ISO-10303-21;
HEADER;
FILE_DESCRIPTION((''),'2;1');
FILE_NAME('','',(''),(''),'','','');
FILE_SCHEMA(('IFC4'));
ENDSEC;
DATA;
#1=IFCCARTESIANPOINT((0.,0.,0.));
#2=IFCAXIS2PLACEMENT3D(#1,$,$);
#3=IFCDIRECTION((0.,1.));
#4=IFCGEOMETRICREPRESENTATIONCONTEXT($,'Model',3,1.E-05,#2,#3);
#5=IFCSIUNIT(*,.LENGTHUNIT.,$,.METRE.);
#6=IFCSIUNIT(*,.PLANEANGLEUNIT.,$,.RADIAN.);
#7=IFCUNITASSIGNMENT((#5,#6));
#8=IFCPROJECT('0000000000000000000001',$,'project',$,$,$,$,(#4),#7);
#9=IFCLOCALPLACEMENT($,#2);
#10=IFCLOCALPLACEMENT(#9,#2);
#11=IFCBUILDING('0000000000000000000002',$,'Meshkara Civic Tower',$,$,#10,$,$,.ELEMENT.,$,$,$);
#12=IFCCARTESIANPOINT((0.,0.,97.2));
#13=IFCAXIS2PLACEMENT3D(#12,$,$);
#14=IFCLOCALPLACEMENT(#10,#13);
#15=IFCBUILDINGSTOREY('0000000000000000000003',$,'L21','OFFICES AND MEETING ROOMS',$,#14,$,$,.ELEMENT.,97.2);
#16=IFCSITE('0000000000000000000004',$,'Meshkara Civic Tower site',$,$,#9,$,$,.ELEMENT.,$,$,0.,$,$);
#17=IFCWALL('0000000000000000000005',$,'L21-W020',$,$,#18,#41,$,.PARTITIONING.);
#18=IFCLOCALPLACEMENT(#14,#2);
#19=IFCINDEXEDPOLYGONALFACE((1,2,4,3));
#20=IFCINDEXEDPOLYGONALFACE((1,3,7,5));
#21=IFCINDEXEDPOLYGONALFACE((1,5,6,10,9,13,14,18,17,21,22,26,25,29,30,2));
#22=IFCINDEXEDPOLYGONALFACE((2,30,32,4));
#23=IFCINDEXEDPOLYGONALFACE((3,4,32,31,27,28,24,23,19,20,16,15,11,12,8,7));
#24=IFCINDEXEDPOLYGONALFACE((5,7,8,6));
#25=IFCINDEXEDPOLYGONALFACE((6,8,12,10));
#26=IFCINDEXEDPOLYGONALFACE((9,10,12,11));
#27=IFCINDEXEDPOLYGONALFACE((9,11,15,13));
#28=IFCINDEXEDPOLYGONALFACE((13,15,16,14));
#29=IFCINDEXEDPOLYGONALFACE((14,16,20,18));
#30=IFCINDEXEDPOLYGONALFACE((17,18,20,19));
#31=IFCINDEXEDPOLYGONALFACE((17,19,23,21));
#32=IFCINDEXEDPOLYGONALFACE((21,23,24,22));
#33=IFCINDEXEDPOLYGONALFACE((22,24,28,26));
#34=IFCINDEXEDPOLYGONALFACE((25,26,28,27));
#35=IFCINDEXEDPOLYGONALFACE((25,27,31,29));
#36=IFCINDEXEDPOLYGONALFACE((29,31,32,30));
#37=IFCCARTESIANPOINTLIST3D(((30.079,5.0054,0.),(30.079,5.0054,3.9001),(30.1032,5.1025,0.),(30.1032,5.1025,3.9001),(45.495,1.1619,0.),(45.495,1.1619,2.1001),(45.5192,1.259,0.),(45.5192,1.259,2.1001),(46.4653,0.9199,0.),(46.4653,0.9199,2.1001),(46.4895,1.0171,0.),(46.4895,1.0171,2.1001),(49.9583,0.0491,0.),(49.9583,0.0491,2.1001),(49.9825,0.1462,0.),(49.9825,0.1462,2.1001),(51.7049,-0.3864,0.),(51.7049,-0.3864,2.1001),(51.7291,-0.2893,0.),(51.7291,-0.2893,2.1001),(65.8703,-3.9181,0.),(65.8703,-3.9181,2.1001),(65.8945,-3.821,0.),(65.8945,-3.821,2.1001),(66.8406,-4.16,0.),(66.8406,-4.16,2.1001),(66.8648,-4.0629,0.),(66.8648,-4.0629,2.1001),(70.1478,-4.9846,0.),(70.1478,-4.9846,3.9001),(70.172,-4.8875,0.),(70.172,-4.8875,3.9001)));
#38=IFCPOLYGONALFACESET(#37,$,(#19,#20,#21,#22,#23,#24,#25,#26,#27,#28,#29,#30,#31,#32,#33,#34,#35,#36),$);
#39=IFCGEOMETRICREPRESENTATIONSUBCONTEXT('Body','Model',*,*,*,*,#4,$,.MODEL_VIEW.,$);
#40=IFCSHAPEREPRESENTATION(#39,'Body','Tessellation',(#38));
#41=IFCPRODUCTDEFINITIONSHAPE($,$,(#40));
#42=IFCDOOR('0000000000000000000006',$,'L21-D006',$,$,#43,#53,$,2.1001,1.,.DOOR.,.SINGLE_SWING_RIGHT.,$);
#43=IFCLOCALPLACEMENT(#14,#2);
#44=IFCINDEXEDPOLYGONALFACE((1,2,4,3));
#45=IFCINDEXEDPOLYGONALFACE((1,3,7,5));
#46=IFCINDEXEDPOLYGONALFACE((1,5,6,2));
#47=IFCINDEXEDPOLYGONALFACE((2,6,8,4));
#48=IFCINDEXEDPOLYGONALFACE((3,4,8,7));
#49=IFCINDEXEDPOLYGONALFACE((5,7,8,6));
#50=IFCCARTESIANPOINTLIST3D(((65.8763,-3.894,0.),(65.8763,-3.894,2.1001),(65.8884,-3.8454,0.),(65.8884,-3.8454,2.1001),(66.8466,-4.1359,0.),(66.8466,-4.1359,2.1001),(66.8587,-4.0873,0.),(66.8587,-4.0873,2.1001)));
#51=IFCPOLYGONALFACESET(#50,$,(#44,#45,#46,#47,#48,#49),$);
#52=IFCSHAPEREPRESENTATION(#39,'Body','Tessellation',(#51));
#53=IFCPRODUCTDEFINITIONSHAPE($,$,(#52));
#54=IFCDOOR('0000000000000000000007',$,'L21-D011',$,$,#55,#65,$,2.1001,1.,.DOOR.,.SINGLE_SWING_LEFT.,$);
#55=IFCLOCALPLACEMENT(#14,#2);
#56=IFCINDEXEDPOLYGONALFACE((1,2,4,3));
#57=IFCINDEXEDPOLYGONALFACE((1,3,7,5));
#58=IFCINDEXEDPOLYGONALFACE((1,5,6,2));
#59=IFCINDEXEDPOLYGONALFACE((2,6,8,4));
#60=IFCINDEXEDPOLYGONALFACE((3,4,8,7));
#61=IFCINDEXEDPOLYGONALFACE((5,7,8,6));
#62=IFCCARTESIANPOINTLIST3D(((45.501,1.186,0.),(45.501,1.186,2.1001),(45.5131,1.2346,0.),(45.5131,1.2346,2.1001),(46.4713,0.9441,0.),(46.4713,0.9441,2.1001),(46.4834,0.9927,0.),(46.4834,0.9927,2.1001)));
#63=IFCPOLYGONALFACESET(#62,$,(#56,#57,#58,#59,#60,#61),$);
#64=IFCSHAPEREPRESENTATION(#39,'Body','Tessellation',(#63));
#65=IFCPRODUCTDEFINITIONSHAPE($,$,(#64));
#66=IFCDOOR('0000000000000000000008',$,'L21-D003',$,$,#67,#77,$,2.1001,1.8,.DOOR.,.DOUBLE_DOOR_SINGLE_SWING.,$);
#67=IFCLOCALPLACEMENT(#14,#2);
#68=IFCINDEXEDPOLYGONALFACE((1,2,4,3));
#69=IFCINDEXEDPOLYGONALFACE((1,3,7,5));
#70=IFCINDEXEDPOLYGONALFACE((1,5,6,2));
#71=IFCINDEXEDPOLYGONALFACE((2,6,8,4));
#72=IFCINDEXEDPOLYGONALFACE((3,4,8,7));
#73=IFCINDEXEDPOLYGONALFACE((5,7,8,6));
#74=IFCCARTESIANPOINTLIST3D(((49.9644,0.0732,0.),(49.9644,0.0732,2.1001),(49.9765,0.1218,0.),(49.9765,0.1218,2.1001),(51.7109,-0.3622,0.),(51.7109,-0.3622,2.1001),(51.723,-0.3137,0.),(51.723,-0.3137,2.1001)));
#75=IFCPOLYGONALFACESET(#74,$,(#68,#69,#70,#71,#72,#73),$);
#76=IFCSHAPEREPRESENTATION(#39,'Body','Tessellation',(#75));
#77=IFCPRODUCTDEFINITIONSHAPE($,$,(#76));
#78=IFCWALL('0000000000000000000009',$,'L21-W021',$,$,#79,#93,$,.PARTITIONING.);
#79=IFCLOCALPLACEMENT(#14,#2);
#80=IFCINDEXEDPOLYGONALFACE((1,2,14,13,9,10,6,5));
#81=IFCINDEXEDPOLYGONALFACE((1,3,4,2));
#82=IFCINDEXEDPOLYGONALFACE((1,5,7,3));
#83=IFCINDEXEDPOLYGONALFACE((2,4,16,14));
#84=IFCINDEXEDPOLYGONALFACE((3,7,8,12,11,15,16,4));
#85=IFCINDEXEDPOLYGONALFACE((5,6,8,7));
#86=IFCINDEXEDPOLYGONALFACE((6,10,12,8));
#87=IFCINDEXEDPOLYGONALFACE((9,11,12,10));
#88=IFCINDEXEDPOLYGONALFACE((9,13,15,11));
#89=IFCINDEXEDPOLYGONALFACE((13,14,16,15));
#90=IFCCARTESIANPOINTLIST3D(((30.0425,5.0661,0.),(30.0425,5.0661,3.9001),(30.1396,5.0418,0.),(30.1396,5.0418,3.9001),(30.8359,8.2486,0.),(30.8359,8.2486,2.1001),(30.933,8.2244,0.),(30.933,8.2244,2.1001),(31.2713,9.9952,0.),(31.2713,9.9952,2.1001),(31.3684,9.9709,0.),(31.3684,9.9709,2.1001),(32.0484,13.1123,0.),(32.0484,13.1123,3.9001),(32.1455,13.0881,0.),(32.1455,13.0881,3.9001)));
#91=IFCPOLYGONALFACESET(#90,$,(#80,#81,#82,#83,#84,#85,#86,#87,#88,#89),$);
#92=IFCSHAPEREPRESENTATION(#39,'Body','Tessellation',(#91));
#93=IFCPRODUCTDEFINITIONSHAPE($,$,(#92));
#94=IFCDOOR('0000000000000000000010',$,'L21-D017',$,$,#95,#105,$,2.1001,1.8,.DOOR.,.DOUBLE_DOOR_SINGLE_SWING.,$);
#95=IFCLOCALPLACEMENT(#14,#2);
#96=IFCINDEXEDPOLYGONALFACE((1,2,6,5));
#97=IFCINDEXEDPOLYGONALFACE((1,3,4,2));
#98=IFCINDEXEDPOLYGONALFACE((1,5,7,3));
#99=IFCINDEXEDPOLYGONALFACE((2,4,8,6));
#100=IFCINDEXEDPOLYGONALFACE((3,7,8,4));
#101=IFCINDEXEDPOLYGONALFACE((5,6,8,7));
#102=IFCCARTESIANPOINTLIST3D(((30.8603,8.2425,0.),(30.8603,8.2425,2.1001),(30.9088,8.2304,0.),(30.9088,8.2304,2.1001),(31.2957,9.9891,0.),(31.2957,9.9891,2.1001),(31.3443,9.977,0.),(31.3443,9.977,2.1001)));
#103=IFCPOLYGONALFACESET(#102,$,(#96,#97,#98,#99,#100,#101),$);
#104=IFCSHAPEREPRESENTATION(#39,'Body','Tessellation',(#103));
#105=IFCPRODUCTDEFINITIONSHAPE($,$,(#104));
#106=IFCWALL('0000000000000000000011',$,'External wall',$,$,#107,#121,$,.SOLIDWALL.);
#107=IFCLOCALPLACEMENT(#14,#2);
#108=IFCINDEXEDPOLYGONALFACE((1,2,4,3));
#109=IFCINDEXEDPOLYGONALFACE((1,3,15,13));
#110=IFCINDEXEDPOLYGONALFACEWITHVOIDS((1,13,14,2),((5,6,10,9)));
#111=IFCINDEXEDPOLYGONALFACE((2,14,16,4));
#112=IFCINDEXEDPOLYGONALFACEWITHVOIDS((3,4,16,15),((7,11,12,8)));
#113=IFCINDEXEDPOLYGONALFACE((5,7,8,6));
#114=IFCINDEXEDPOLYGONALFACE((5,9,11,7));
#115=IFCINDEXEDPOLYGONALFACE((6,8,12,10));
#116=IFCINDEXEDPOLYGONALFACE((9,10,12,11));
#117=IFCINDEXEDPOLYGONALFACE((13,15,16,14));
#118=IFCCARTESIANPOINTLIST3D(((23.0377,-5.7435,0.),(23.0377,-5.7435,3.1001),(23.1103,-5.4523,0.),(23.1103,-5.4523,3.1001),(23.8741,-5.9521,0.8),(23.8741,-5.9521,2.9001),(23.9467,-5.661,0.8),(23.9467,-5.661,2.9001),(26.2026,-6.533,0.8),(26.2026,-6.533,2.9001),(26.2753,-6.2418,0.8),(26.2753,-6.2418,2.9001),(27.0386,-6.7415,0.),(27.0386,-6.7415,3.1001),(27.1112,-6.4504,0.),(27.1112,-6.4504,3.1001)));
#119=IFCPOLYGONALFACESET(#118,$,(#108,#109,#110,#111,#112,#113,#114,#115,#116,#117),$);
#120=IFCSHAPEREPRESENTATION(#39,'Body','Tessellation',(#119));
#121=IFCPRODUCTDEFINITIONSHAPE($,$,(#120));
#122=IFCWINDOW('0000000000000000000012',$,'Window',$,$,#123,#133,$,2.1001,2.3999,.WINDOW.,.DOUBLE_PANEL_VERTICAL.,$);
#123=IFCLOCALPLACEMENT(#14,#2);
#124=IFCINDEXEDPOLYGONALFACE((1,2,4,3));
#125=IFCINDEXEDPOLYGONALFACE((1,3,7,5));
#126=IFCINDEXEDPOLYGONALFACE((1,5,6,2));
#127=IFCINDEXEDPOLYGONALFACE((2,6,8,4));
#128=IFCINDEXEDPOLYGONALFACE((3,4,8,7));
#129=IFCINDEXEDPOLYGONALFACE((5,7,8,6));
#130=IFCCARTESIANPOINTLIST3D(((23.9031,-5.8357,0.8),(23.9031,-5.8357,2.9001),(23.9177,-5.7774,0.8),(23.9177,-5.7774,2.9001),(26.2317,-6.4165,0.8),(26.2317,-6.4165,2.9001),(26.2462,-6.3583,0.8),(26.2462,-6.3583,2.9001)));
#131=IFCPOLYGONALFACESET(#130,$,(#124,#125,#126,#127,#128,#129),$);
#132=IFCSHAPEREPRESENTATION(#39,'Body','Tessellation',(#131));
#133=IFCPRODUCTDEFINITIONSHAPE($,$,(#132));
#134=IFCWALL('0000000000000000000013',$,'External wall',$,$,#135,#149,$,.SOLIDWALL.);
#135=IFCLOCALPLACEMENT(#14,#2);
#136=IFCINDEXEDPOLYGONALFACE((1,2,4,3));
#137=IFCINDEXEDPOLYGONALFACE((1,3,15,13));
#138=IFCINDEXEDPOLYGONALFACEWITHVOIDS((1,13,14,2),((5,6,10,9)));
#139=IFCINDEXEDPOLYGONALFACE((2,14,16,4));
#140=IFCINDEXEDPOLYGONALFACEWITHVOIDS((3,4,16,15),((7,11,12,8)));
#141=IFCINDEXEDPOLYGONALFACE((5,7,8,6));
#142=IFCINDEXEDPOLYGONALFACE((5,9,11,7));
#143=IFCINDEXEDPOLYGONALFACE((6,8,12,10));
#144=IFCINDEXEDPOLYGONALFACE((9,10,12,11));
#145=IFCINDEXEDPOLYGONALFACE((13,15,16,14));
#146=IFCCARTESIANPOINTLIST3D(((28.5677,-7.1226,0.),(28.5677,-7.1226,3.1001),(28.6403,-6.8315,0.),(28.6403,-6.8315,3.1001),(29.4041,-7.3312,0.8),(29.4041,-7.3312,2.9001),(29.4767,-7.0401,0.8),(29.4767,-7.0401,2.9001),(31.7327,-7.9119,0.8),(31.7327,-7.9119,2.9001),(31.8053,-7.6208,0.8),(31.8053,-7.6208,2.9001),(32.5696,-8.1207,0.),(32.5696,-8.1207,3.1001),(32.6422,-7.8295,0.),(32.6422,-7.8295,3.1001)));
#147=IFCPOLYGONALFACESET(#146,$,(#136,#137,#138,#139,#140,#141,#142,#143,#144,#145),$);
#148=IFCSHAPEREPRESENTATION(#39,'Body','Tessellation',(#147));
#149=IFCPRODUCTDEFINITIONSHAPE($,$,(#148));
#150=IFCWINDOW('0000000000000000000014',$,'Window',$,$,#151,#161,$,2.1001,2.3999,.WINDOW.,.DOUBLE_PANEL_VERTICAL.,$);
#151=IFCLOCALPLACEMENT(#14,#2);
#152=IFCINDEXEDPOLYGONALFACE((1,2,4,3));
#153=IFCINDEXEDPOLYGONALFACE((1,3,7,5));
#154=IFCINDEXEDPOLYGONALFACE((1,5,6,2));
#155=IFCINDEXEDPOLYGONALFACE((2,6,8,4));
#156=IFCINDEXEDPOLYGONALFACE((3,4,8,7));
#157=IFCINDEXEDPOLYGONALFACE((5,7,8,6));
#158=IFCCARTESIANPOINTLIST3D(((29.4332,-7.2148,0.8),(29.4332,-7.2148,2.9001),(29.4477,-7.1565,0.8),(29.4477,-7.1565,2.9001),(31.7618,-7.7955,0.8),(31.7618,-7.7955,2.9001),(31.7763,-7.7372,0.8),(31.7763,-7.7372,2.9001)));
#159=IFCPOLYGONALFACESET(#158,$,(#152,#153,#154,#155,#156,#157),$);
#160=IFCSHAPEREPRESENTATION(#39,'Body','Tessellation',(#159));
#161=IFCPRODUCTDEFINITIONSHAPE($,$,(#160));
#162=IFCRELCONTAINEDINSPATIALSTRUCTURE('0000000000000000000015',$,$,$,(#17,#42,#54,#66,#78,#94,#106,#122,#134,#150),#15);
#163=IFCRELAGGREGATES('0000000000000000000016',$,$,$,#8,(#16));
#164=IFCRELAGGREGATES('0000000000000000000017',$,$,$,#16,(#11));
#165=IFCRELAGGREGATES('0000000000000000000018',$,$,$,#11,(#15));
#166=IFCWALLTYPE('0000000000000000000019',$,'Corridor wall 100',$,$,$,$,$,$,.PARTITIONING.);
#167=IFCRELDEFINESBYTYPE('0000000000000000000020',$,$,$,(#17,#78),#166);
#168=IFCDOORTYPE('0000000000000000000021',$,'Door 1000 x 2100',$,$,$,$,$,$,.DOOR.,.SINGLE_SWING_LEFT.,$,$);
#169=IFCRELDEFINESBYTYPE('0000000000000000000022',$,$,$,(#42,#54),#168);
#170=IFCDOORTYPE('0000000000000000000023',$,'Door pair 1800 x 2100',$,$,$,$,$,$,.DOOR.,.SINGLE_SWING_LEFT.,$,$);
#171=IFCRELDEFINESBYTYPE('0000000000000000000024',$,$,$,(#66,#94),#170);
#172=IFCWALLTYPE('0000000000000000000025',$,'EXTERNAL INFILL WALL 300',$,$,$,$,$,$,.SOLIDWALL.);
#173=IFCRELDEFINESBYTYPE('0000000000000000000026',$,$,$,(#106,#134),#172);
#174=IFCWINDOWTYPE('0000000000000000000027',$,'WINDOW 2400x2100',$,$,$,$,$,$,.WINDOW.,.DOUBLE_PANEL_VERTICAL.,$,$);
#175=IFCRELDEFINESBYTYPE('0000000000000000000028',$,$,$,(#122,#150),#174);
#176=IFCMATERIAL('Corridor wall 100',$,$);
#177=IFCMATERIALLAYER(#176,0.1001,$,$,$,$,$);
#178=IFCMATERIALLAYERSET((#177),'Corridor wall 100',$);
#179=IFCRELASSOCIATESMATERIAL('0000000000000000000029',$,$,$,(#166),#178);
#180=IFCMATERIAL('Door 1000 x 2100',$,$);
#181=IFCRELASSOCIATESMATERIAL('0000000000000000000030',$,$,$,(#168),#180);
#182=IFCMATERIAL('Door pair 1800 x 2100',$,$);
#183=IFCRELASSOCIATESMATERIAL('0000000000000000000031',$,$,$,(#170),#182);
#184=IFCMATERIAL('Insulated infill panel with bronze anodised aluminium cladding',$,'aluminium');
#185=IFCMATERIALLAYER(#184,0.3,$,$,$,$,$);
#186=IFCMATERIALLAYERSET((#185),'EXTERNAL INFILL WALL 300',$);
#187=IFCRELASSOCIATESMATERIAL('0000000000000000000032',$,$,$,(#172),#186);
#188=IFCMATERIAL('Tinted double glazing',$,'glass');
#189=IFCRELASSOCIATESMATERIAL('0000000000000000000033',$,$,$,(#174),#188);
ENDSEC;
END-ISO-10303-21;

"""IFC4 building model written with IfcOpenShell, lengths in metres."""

from ifc_helpers import new_model, si_unit, direction, frame, frame_2d, origin, place, context, subcontext, project, spatial, rectangle, extrude, material, layer, layer_set, type_object, element, fill, save


model = new_model("IFC4")

# Units and contexts
model_context = context("Model", 3, precision=1e-05, world=origin(), true_north=direction((0.0, 1.0)))
body_context = subcontext(model_context, "Body", "Model", "MODEL_VIEW")
ifc_project = project(units=[si_unit("LENGTHUNIT", "METRE"), si_unit("PLANEANGLEUNIT", "RADIAN")], contexts=[model_context])

# Site, building, storey
site_placement = place(None, origin())
site = spatial("IfcSite", under=ifc_project, at=site_placement, Name="Meshkara Civic Tower site", CompositionType="ELEMENT", RefElevation=0.0)
building_placement = place(site_placement, origin())
building = spatial("IfcBuilding", under=site, at=building_placement, Name="Meshkara Civic Tower", CompositionType="ELEMENT")
storey_placement = place(building_placement, frame((0.0, 0.0, 97.2)))
storey = spatial("IfcBuildingStorey", under=building, at=storey_placement, Name="L21", Description="OFFICES AND MEETING ROOMS", CompositionType="ELEMENT", Elevation=97.2)

# Wall, openings, doors
ifc_material_1 = material(Name="Corridor wall 100")
ifc_layer_1 = layer(ifc_material_1, 0.1001)
ifc_layer_set_1 = layer_set([ifc_layer_1], Name="Corridor wall 100")
wall_type_1 = type_object("IfcWallType", Name="Corridor wall 100", PredefinedType="PARTITIONING", material=ifc_layer_set_1)
wall_1_placement = place(storey_placement, frame((30.0911, 5.054, 0.0), z_axis=(0.0, 0.0, 1.0), x_axis=(0.970297, -0.241915, 0.0)))
wall_1 = element("IfcWall", 1, at=wall_1_placement, inside=storey, type_object=wall_type_1, Name="L21-W020", PredefinedType="PARTITIONING", context=body_context, shape_type="SweptSolid", body=[
    extrude(rectangle(XDim=41.2954, YDim=0.1001, at=frame_2d((20.6477, 0.0))), origin(), (0.0, 0.0, 1.0), 3.9001),
])
opening_1_placement = place(wall_1_placement, frame((20.488, 0.0, 0.0)))
opening_1 = element("IfcOpeningElement", 2, at=opening_1_placement, cuts=wall_1, PredefinedType="OPENING", context=body_context, shape_type="SweptSolid", body=[
    extrude(rectangle(XDim=1.8, YDim=2.1001, at=frame_2d((0.8999, 1.05))), frame((0.0, 0.0601, 0.0), z_axis=(0.0, -1.0, 0.0), x_axis=(1.0, 0.0, 0.0)), (0.0, 0.0, 1.0), 0.1201),
])
opening_2_placement = place(wall_1_placement, frame((36.887, 0.0, 0.0)))
opening_2 = element("IfcOpeningElement", 3, at=opening_2_placement, cuts=wall_1, PredefinedType="OPENING", context=body_context, shape_type="SweptSolid", body=[
    extrude(rectangle(XDim=1.0, YDim=2.1001, at=frame_2d((0.5, 1.05))), frame((0.0, 0.0601, 0.0), z_axis=(0.0, -1.0, 0.0), x_axis=(1.0, 0.0, 0.0)), (0.0, 0.0, 1.0), 0.1201),
])
opening_3_placement = place(wall_1_placement, frame((15.8879, 0.0, 0.0)))
opening_3 = element("IfcOpeningElement", 4, at=opening_3_placement, cuts=wall_1, PredefinedType="OPENING", context=body_context, shape_type="SweptSolid", body=[
    extrude(rectangle(XDim=1.0, YDim=2.1001, at=frame_2d((0.5, 1.05))), frame((0.0, 0.0601, 0.0), z_axis=(0.0, -1.0, 0.0), x_axis=(1.0, 0.0, 0.0)), (0.0, 0.0, 1.0), 0.1201),
])
ifc_material_2 = material(Name="Door 1000 x 2100")
door_type_1 = type_object("IfcDoorType", Name="Door 1000 x 2100", OperationType="SINGLE_SWING_LEFT", PredefinedType="DOOR", material=ifc_material_2)
door_1_placement = place(opening_2_placement, origin())
door_1 = element("IfcDoor", 5, at=door_1_placement, inside=storey, type_object=door_type_1, Name="L21-D006", OperationType="SINGLE_SWING_RIGHT", OverallHeight=2.1001, OverallWidth=1.0, PredefinedType="DOOR", context=body_context, shape_type="SweptSolid", body=[
    extrude(rectangle(XDim=1.0, YDim=2.1001, at=frame_2d((0.5, 1.05))), frame((0.0, 0.0249, 0.0), z_axis=(0.0, -1.0, 0.0), x_axis=(1.0, 0.0, 0.0)), (0.0, 0.0, 1.0), 0.05),
])
fill(opening_2, door_1)
door_2_placement = place(opening_3_placement, origin())
door_2 = element("IfcDoor", 6, at=door_2_placement, inside=storey, type_object=door_type_1, Name="L21-D011", OperationType="SINGLE_SWING_LEFT", OverallHeight=2.1001, OverallWidth=1.0, PredefinedType="DOOR", context=body_context, shape_type="SweptSolid", body=[
    extrude(rectangle(XDim=1.0, YDim=2.1001, at=frame_2d((0.5, 1.05))), frame((0.0, 0.0249, 0.0), z_axis=(0.0, -1.0, 0.0), x_axis=(1.0, 0.0, 0.0)), (0.0, 0.0, 1.0), 0.05),
])
fill(opening_3, door_2)
ifc_material_3 = material(Name="Door pair 1800 x 2100")
door_type_2 = type_object("IfcDoorType", Name="Door pair 1800 x 2100", OperationType="SINGLE_SWING_LEFT", PredefinedType="DOOR", material=ifc_material_3)
door_3_placement = place(opening_1_placement, origin())
door_3 = element("IfcDoor", 7, at=door_3_placement, inside=storey, type_object=door_type_2, Name="L21-D003", OperationType="DOUBLE_DOOR_SINGLE_SWING", OverallHeight=2.1001, OverallWidth=1.8, PredefinedType="DOOR", context=body_context, shape_type="SweptSolid", body=[
    extrude(rectangle(XDim=1.8, YDim=2.1001, at=frame_2d((0.8999, 1.05))), frame((0.0, 0.0249, 0.0), z_axis=(0.0, -1.0, 0.0), x_axis=(1.0, 0.0, 0.0)), (0.0, 0.0, 1.0), 0.05),
])
fill(opening_1, door_3)

# Wall, opening, door
wall_2_placement = place(storey_placement, frame((30.0911, 5.054, 0.0), z_axis=(0.0, 0.0, 1.0), x_axis=(0.241891, 0.970303, 0.0)))
wall_2 = element("IfcWall", 8, at=wall_2_placement, inside=storey, type_object=wall_type_1, Name="L21-W021", PredefinedType="PARTITIONING", context=body_context, shape_type="SweptSolid", body=[
    extrude(rectangle(XDim=8.2925, YDim=0.1001, at=frame_2d((4.1462, 0.0))), origin(), (0.0, 0.0, 1.0), 3.9001),
])
opening_4_placement = place(wall_2_placement, frame((3.28, 0.0, 0.0)))
opening_4 = element("IfcOpeningElement", 9, at=opening_4_placement, cuts=wall_2, PredefinedType="OPENING", context=body_context, shape_type="SweptSolid", body=[
    extrude(rectangle(XDim=1.8, YDim=2.1001, at=frame_2d((0.8999, 1.05))), frame((0.0, 0.0601, 0.0), z_axis=(0.0, -1.0, 0.0), x_axis=(1.0, 0.0, 0.0)), (0.0, 0.0, 1.0), 0.1201),
])
door_4_placement = place(opening_4_placement, origin())
door_4 = element("IfcDoor", 10, at=door_4_placement, inside=storey, type_object=door_type_2, Name="L21-D017", OperationType="DOUBLE_DOOR_SINGLE_SWING", OverallHeight=2.1001, OverallWidth=1.8, PredefinedType="DOOR", context=body_context, shape_type="SweptSolid", body=[
    extrude(rectangle(XDim=1.8, YDim=2.1001, at=frame_2d((0.8999, 1.05))), frame((0.0, 0.0249, 0.0), z_axis=(0.0, -1.0, 0.0), x_axis=(1.0, 0.0, 0.0)), (0.0, 0.0, 1.0), 0.05),
])
fill(opening_4, door_4)

# Walls, openings, windows
ifc_material_4 = material(Name="Insulated infill panel with bronze anodised aluminium cladding", Category="aluminium")
ifc_layer_2 = layer(ifc_material_4, 0.3)
ifc_layer_set_2 = layer_set([ifc_layer_2], Name="EXTERNAL INFILL WALL 300")
wall_type_2 = type_object("IfcWallType", Name="EXTERNAL INFILL WALL 300", PredefinedType="SOLIDWALL", material=ifc_layer_set_2)
wall_3_placement = place(storey_placement, frame((23.074, -5.5979, 0.0), z_axis=(0.0, 0.0, 1.0), x_axis=(0.970268, -0.242034, 0.0)))
wall_3 = element("IfcWall", 11, at=wall_3_placement, inside=storey, type_object=wall_type_2, Name="External wall", PredefinedType="SOLIDWALL", context=body_context, shape_type="SweptSolid", body=[
    extrude(rectangle(XDim=4.1235, YDim=0.3, at=frame_2d((2.0618, 0.0))), origin(), (0.0, 0.0, 1.0), 3.1001),
])
opening_5_placement = place(wall_3_placement, frame((0.8621, 0.0, 0.8)))
opening_5 = element("IfcOpeningElement", 12, at=opening_5_placement, cuts=wall_3, PredefinedType="OPENING", context=body_context, shape_type="SweptSolid", body=[
    extrude(rectangle(XDim=2.3999, YDim=2.1001, at=frame_2d((1.2, 1.05))), frame((0.0, 0.1599, 0.0), z_axis=(0.0, -1.0, 0.0), x_axis=(1.0, 0.0, 0.0)), (0.0, 0.0, 1.0), 0.3201),
])
ifc_material_5 = material(Name="Tinted double glazing", Category="glass")
window_type = type_object("IfcWindowType", Name="WINDOW 2400x2100", PartitioningType="DOUBLE_PANEL_VERTICAL", PredefinedType="WINDOW", material=ifc_material_5)
window_1_placement = place(opening_5_placement, origin())
window_1 = element("IfcWindow", 13, at=window_1_placement, inside=storey, type_object=window_type, Name="Window", OverallHeight=2.1001, OverallWidth=2.3999, PartitioningType="DOUBLE_PANEL_VERTICAL", PredefinedType="WINDOW", context=body_context, shape_type="SweptSolid", body=[
    extrude(rectangle(XDim=2.3999, YDim=2.1001, at=frame_2d((1.2, 1.05))), frame((0.0, 0.03, 0.0), z_axis=(0.0, -1.0, 0.0), x_axis=(1.0, 0.0, 0.0)), (0.0, 0.0, 1.0), 0.0601),
])
fill(opening_5, window_1)
wall_4_placement = place(storey_placement, frame((28.604, -6.9771, 0.0), z_axis=(0.0, 0.0, 1.0), x_axis=(0.970282, -0.241978, 0.0)))
wall_4 = element("IfcWall", 14, at=wall_4_placement, inside=storey, type_object=wall_type_2, Name="External wall", PredefinedType="SOLIDWALL", context=body_context, shape_type="SweptSolid", body=[
    extrude(rectangle(XDim=4.1245, YDim=0.3, at=frame_2d((2.0623, 0.0))), origin(), (0.0, 0.0, 1.0), 3.1001),
])
opening_6_placement = place(wall_4_placement, frame((0.8621, 0.0, 0.8)))
opening_6 = element("IfcOpeningElement", 15, at=opening_6_placement, cuts=wall_4, PredefinedType="OPENING", context=body_context, shape_type="SweptSolid", body=[
    extrude(rectangle(XDim=2.3999, YDim=2.1001, at=frame_2d((1.2, 1.05))), frame((0.0, 0.1599, 0.0), z_axis=(0.0, -1.0, 0.0), x_axis=(1.0, 0.0, 0.0)), (0.0, 0.0, 1.0), 0.3201),
])
window_2_placement = place(opening_6_placement, origin())
window_2 = element("IfcWindow", 16, at=window_2_placement, inside=storey, type_object=window_type, Name="Window", OverallHeight=2.1001, OverallWidth=2.3999, PartitioningType="DOUBLE_PANEL_VERTICAL", PredefinedType="WINDOW", context=body_context, shape_type="SweptSolid", body=[
    extrude(rectangle(XDim=2.3999, YDim=2.1001, at=frame_2d((1.2, 1.05))), frame((0.0, 0.03, 0.0), z_axis=(0.0, -1.0, 0.0), x_axis=(1.0, 0.0, 0.0)), (0.0, 0.0, 1.0), 0.0601),
])
fill(opening_6, window_2)

save(model, "model.ifc")
